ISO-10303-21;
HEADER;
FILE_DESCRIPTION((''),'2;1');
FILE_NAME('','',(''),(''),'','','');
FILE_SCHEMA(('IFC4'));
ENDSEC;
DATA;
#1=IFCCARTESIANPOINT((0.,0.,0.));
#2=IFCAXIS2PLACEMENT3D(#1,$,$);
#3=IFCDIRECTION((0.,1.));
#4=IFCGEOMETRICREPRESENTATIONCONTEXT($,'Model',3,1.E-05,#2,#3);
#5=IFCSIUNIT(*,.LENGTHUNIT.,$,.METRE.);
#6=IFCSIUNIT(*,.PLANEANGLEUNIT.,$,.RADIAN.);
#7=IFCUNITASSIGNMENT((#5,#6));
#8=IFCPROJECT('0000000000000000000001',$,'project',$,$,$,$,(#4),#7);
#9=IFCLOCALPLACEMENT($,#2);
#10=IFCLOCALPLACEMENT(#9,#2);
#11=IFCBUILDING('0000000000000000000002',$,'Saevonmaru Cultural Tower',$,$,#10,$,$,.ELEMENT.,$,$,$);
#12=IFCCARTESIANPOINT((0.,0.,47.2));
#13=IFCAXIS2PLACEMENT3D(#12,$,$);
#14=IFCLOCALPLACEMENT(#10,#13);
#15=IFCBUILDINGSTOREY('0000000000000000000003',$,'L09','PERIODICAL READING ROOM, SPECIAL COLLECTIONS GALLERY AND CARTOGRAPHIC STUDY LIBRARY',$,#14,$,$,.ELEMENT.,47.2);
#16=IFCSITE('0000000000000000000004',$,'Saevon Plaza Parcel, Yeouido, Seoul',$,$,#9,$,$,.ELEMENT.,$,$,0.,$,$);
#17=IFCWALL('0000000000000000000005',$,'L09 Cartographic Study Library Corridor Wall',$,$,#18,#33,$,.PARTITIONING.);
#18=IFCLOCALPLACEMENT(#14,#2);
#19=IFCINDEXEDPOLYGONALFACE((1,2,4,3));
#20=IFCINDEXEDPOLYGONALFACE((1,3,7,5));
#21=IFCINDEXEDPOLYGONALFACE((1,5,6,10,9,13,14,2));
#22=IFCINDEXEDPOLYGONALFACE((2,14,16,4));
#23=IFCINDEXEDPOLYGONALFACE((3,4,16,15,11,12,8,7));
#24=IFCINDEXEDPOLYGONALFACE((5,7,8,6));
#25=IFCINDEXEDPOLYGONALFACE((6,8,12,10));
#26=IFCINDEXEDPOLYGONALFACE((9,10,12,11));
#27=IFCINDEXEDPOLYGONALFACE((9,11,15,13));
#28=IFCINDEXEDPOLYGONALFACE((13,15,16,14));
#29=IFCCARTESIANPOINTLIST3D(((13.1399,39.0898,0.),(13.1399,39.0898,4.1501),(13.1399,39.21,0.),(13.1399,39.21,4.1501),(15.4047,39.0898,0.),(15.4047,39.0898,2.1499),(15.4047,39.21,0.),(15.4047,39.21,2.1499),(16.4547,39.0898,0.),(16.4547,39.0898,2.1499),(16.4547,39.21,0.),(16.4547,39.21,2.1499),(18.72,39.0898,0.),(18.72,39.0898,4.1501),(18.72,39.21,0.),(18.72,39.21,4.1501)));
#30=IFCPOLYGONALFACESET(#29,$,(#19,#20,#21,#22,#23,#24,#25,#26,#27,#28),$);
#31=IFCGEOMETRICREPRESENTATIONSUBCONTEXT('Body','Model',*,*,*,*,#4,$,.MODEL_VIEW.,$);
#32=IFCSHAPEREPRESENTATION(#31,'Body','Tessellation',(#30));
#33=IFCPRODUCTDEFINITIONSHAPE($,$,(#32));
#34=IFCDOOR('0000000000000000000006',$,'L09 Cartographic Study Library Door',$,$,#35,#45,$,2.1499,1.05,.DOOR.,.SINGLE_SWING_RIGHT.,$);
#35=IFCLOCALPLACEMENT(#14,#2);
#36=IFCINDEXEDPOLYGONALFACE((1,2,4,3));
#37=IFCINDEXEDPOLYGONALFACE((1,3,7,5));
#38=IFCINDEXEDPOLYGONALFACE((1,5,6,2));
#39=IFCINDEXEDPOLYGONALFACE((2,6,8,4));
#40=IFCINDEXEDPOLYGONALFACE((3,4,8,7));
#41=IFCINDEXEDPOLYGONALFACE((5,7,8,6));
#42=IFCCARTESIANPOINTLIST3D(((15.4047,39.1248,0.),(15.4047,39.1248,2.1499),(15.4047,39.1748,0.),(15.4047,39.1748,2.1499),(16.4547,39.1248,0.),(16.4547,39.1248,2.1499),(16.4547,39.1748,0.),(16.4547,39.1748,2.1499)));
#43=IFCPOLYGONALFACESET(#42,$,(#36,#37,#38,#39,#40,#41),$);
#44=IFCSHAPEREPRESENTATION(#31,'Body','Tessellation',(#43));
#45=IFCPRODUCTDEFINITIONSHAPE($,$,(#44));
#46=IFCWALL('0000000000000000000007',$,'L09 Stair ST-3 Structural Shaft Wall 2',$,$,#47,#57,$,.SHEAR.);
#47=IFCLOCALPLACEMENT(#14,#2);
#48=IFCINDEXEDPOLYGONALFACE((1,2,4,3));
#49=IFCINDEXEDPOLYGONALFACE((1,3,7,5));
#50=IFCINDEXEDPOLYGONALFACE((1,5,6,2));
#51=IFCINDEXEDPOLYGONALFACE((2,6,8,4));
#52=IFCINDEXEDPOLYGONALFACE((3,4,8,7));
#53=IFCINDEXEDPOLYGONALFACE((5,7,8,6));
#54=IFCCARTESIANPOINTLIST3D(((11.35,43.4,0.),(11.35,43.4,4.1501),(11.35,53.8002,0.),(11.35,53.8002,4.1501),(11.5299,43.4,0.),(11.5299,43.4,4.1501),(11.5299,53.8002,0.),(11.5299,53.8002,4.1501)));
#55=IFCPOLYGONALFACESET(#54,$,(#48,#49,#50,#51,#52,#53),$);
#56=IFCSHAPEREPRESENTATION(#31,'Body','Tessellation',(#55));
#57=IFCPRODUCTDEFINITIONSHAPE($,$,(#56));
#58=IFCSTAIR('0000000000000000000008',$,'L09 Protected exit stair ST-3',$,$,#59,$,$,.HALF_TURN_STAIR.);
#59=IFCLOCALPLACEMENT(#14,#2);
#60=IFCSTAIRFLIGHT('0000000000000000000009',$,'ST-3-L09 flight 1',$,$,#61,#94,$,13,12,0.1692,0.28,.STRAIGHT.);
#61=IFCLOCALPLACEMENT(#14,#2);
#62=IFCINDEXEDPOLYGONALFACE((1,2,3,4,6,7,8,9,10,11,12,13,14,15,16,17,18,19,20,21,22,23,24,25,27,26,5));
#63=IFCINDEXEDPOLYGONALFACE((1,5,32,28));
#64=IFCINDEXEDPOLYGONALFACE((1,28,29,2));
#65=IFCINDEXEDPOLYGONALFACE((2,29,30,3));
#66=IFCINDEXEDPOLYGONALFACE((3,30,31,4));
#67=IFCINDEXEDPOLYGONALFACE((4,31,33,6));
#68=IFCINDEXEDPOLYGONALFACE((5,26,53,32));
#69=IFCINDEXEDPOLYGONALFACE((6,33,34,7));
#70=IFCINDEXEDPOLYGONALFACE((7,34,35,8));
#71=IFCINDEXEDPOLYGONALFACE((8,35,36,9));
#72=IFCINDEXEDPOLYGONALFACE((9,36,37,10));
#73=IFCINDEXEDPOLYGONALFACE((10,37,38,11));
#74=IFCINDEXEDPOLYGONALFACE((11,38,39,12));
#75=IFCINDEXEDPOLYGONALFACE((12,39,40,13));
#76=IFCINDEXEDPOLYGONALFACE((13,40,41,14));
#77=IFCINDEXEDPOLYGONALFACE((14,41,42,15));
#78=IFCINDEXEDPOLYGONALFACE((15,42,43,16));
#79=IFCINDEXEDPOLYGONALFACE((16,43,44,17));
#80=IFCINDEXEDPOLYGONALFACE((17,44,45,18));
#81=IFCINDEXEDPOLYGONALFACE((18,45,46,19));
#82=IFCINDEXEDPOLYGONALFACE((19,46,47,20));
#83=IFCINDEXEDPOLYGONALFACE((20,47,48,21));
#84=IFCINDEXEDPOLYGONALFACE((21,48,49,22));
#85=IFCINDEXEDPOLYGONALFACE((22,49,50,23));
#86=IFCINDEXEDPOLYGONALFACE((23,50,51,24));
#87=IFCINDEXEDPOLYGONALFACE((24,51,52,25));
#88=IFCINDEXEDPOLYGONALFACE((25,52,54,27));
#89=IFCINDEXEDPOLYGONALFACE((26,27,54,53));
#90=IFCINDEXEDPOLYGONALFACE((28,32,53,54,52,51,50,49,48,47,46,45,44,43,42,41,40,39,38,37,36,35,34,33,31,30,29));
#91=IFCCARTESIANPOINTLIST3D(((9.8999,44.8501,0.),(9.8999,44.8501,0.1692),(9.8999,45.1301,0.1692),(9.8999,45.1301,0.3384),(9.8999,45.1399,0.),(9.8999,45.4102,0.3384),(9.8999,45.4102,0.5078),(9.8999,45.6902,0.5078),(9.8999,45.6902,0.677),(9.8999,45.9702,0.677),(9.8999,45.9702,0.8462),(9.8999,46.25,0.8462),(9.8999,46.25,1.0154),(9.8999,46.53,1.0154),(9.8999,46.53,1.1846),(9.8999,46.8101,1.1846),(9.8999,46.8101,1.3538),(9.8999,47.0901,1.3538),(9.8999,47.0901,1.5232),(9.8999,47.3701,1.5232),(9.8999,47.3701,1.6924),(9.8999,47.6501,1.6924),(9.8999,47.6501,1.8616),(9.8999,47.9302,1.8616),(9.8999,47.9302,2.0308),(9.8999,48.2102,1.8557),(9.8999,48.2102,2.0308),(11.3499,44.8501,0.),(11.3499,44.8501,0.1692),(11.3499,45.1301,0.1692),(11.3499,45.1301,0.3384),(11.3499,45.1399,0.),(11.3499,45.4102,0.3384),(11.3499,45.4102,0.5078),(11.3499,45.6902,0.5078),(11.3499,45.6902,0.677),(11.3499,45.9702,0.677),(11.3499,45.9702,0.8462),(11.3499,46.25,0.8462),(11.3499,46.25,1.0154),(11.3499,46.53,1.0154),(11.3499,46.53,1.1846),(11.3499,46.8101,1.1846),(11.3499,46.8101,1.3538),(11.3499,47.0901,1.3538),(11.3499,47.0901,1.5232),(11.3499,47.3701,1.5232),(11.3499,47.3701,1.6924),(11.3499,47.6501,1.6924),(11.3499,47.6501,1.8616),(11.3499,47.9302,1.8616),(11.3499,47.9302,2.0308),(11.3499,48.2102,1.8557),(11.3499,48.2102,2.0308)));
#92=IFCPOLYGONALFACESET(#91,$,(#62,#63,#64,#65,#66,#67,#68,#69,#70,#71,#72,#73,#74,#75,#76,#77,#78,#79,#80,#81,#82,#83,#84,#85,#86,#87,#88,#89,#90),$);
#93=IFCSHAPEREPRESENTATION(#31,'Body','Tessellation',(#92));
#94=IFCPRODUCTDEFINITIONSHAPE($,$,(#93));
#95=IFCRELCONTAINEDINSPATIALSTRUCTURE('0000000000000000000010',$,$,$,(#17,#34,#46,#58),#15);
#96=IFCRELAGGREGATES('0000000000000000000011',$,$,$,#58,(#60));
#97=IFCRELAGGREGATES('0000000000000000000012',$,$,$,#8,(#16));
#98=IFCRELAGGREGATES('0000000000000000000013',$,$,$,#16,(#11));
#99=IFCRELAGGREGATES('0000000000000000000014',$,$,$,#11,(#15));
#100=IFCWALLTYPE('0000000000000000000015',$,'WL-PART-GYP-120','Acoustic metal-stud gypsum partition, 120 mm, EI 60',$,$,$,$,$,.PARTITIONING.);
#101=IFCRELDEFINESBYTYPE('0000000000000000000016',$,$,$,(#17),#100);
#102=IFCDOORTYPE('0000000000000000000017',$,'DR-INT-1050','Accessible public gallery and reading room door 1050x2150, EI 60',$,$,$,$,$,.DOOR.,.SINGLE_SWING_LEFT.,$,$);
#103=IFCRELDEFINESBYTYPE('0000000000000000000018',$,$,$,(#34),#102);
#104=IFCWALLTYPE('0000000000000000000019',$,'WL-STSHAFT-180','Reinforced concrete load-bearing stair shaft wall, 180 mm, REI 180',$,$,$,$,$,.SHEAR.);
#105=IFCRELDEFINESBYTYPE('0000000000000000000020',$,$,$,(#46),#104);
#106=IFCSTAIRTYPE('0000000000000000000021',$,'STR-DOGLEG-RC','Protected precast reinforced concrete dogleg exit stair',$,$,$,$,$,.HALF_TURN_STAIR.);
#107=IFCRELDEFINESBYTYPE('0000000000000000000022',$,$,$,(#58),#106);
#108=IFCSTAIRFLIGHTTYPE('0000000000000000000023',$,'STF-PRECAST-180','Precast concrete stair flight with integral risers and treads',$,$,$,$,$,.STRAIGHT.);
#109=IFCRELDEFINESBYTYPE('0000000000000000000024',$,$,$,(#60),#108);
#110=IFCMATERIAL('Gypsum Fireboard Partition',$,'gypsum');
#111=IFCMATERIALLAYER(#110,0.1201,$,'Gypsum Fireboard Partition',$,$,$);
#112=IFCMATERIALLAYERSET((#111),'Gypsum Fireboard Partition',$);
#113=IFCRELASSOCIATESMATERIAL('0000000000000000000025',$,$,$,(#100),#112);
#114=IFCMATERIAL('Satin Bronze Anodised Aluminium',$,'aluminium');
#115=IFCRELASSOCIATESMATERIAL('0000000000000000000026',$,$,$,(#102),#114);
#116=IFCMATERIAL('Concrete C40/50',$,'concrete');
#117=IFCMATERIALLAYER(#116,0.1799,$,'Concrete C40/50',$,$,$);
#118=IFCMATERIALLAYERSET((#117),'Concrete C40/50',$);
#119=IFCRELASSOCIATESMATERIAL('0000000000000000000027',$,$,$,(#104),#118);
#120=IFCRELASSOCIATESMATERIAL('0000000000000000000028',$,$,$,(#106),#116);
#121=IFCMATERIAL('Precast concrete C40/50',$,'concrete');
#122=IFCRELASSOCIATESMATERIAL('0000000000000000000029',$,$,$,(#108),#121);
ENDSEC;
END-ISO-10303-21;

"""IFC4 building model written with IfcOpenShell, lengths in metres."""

from ifc_helpers import new_model, si_unit, direction, frame, frame_2d, origin, place, context, subcontext, project, spatial, polyline, rectangle, outline, extrude, material, layer, layer_set, type_object, element, fill, aggregate, save


model = new_model("IFC4")

# Units and contexts
model_context = context("Model", 3, precision=1e-05, world=origin(), true_north=direction((0.0, 1.0)))
body_context = subcontext(model_context, "Body", "Model", "MODEL_VIEW")
ifc_project = project(units=[si_unit("LENGTHUNIT", "METRE"), si_unit("PLANEANGLEUNIT", "RADIAN")], contexts=[model_context])

# Site, building, storey
site_placement = place(None, origin())
site = spatial("IfcSite", under=ifc_project, at=site_placement, Name="Saevon Plaza Parcel, Yeouido, Seoul", CompositionType="ELEMENT", RefElevation=0.0)
building_placement = place(site_placement, origin())
building = spatial("IfcBuilding", under=site, at=building_placement, Name="Saevonmaru Cultural Tower", CompositionType="ELEMENT")
storey_placement = place(building_placement, frame((0.0, 0.0, 47.2)))
storey = spatial("IfcBuildingStorey", under=building, at=storey_placement, Name="L09", Description="PERIODICAL READING ROOM, SPECIAL COLLECTIONS GALLERY AND CARTOGRAPHIC STUDY LIBRARY", CompositionType="ELEMENT", Elevation=47.2)

# Shared definitions
ifc_material_1 = material(Name="Satin Bronze Anodised Aluminium", Category="aluminium")

# Shared definitions
ifc_material_2 = material(Name="Gypsum Fireboard Partition", Category="gypsum")
ifc_layer_1 = layer(ifc_material_2, 0.1201, Name="Gypsum Fireboard Partition")
ifc_layer_set_1 = layer_set([ifc_layer_1], Name="Gypsum Fireboard Partition")
wall_type_1 = type_object("IfcWallType", Name="WL-PART-GYP-120", Description="Acoustic metal-stud gypsum partition, 120 mm, EI 60", PredefinedType="PARTITIONING", material=ifc_layer_set_1)

# Wall, opening, door
door_type_1 = type_object("IfcDoorType", Name="DR-INT-1050", Description="Accessible public gallery and reading room door 1050x2150, EI 60", OperationType="SINGLE_SWING_LEFT", PredefinedType="DOOR", material=ifc_material_1)
wall_1_placement = place(storey_placement, frame((13.1399, 39.1499, 0.0), z_axis=(0.0, 0.0, 1.0), x_axis=(1.0, 0.0, 0.0)))
wall_1 = element("IfcWall", 1, at=wall_1_placement, inside=storey, type_object=wall_type_1, Name="L09 Cartographic Study Library Corridor Wall", PredefinedType="PARTITIONING", context=body_context, shape_type="SweptSolid", body=[
    extrude(rectangle(XDim=5.5801, YDim=0.1201, at=frame_2d((2.79, 0.0))), origin(), (0.0, 0.0, 1.0), 4.1501),
])
opening_1_placement = place(wall_1_placement, frame((2.2649, 0.0, 0.0)))
opening_1 = element("IfcOpeningElement", 2, at=opening_1_placement, cuts=wall_1, PredefinedType="OPENING", context=body_context, shape_type="SweptSolid", body=[
    extrude(rectangle(XDim=1.05, YDim=2.1499, at=frame_2d((0.5249, 1.075))), frame((0.0, 0.0701, 0.0), z_axis=(0.0, -1.0, 0.0), x_axis=(1.0, 0.0, 0.0)), (0.0, 0.0, 1.0), 0.1401),
])
door_1_placement = place(opening_1_placement, origin())
door_1 = element("IfcDoor", 3, at=door_1_placement, inside=storey, type_object=door_type_1, Name="L09 Cartographic Study Library Door", OperationType="SINGLE_SWING_RIGHT", OverallHeight=2.1499, OverallWidth=1.05, PredefinedType="DOOR", context=body_context, shape_type="SweptSolid", body=[
    extrude(rectangle(XDim=1.05, YDim=2.1499, at=frame_2d((0.5249, 1.075))), frame((0.0, 0.0249, 0.0), z_axis=(0.0, -1.0, 0.0), x_axis=(1.0, 0.0, 0.0)), (0.0, 0.0, 1.0), 0.05),
])
fill(opening_1, door_1)
ifc_material_3 = material(Name="Concrete C40/50", Category="concrete")
ifc_layer_2 = layer(ifc_material_3, 0.1799, Name="Concrete C40/50")
ifc_layer_set_2 = layer_set([ifc_layer_2], Name="Concrete C40/50")
wall_type_2 = type_object("IfcWallType", Name="WL-STSHAFT-180", Description="Reinforced concrete load-bearing stair shaft wall, 180 mm, REI 180", PredefinedType="SHEAR", material=ifc_layer_set_2)

# Wall
wall_2_placement = place(storey_placement, frame((11.4399, 43.3999, 0.0), z_axis=(0.0, 0.0, 1.0), x_axis=(0.0, 1.0, 0.0)))
element("IfcWall", 4, at=wall_2_placement, inside=storey, type_object=wall_type_2, Name="L09 Stair ST-3 Structural Shaft Wall 2", PredefinedType="SHEAR", context=body_context, shape_type="SweptSolid", body=[
    extrude(rectangle(XDim=10.4001, YDim=0.1799, at=frame_2d((5.2002, 0.0))), origin(), (0.0, 0.0, 1.0), 4.1501),
])

# Stair, stair flight
stair_type = type_object("IfcStairType", Name="STR-DOGLEG-RC", Description="Protected precast reinforced concrete dogleg exit stair", PredefinedType="HALF_TURN_STAIR", material=ifc_material_3)
stair_placement = place(storey_placement, origin())
stair = element("IfcStair", 5, at=stair_placement, inside=storey, type_object=stair_type, Name="L09 Protected exit stair ST-3", PredefinedType="HALF_TURN_STAIR")
ifc_material_4 = material(Name="Precast concrete C40/50", Category="concrete")
stair_flight_type = type_object("IfcStairFlightType", Name="STF-PRECAST-180", Description="Precast concrete stair flight with integral risers and treads", PredefinedType="STRAIGHT", material=ifc_material_4)
stair_flight_placement = place(storey_placement, frame((10.625, 44.8501, 0.0), z_axis=(0.0, 0.0, 1.0), x_axis=(0.0, 1.0, 0.0)))
stair_flight = element("IfcStairFlight", 6, at=stair_flight_placement, type_object=stair_flight_type, Name="ST-3-L09 flight 1", NumberOfRisers=13, NumberOfTreads=12, PredefinedType="STRAIGHT", RiserHeight=0.1692, TreadLength=0.28, context=body_context, shape_type="SweptSolid", body=[
    extrude(outline(polyline([(0.0, 0.0), (0.0, 0.1692), (0.28, 0.1692), (0.28, 0.3384), (0.5601, 0.3384), (0.5601, 0.5078), (0.8401, 0.5078), (0.8401, 0.677), (1.1201, 0.677), (1.1201, 0.8462), (1.3999, 0.8462), (1.3999, 1.0154), (1.6799, 1.0154), (1.6799, 1.1846), (1.96, 1.1846), (1.96, 1.3538), (2.24, 1.3538), (2.24, 1.5232), (2.52, 1.5232), (2.52, 1.6924), (2.8, 1.6924), (2.8, 1.8616), (3.0801, 1.8616), (3.0801, 2.0308), (3.3601, 2.0308), (3.3601, 2.2), (3.3601, 1.8557), (0.2898, 0.0), (0.0, 0.0)])), frame((0.0, 0.7251, 0.0), z_axis=(0.0, -1.0, 0.0), x_axis=(1.0, 0.0, 0.0)), (0.0, 0.0, 1.0), 1.45),
])
aggregate(stair, [stair_flight])

save(model, "model.ifc")
